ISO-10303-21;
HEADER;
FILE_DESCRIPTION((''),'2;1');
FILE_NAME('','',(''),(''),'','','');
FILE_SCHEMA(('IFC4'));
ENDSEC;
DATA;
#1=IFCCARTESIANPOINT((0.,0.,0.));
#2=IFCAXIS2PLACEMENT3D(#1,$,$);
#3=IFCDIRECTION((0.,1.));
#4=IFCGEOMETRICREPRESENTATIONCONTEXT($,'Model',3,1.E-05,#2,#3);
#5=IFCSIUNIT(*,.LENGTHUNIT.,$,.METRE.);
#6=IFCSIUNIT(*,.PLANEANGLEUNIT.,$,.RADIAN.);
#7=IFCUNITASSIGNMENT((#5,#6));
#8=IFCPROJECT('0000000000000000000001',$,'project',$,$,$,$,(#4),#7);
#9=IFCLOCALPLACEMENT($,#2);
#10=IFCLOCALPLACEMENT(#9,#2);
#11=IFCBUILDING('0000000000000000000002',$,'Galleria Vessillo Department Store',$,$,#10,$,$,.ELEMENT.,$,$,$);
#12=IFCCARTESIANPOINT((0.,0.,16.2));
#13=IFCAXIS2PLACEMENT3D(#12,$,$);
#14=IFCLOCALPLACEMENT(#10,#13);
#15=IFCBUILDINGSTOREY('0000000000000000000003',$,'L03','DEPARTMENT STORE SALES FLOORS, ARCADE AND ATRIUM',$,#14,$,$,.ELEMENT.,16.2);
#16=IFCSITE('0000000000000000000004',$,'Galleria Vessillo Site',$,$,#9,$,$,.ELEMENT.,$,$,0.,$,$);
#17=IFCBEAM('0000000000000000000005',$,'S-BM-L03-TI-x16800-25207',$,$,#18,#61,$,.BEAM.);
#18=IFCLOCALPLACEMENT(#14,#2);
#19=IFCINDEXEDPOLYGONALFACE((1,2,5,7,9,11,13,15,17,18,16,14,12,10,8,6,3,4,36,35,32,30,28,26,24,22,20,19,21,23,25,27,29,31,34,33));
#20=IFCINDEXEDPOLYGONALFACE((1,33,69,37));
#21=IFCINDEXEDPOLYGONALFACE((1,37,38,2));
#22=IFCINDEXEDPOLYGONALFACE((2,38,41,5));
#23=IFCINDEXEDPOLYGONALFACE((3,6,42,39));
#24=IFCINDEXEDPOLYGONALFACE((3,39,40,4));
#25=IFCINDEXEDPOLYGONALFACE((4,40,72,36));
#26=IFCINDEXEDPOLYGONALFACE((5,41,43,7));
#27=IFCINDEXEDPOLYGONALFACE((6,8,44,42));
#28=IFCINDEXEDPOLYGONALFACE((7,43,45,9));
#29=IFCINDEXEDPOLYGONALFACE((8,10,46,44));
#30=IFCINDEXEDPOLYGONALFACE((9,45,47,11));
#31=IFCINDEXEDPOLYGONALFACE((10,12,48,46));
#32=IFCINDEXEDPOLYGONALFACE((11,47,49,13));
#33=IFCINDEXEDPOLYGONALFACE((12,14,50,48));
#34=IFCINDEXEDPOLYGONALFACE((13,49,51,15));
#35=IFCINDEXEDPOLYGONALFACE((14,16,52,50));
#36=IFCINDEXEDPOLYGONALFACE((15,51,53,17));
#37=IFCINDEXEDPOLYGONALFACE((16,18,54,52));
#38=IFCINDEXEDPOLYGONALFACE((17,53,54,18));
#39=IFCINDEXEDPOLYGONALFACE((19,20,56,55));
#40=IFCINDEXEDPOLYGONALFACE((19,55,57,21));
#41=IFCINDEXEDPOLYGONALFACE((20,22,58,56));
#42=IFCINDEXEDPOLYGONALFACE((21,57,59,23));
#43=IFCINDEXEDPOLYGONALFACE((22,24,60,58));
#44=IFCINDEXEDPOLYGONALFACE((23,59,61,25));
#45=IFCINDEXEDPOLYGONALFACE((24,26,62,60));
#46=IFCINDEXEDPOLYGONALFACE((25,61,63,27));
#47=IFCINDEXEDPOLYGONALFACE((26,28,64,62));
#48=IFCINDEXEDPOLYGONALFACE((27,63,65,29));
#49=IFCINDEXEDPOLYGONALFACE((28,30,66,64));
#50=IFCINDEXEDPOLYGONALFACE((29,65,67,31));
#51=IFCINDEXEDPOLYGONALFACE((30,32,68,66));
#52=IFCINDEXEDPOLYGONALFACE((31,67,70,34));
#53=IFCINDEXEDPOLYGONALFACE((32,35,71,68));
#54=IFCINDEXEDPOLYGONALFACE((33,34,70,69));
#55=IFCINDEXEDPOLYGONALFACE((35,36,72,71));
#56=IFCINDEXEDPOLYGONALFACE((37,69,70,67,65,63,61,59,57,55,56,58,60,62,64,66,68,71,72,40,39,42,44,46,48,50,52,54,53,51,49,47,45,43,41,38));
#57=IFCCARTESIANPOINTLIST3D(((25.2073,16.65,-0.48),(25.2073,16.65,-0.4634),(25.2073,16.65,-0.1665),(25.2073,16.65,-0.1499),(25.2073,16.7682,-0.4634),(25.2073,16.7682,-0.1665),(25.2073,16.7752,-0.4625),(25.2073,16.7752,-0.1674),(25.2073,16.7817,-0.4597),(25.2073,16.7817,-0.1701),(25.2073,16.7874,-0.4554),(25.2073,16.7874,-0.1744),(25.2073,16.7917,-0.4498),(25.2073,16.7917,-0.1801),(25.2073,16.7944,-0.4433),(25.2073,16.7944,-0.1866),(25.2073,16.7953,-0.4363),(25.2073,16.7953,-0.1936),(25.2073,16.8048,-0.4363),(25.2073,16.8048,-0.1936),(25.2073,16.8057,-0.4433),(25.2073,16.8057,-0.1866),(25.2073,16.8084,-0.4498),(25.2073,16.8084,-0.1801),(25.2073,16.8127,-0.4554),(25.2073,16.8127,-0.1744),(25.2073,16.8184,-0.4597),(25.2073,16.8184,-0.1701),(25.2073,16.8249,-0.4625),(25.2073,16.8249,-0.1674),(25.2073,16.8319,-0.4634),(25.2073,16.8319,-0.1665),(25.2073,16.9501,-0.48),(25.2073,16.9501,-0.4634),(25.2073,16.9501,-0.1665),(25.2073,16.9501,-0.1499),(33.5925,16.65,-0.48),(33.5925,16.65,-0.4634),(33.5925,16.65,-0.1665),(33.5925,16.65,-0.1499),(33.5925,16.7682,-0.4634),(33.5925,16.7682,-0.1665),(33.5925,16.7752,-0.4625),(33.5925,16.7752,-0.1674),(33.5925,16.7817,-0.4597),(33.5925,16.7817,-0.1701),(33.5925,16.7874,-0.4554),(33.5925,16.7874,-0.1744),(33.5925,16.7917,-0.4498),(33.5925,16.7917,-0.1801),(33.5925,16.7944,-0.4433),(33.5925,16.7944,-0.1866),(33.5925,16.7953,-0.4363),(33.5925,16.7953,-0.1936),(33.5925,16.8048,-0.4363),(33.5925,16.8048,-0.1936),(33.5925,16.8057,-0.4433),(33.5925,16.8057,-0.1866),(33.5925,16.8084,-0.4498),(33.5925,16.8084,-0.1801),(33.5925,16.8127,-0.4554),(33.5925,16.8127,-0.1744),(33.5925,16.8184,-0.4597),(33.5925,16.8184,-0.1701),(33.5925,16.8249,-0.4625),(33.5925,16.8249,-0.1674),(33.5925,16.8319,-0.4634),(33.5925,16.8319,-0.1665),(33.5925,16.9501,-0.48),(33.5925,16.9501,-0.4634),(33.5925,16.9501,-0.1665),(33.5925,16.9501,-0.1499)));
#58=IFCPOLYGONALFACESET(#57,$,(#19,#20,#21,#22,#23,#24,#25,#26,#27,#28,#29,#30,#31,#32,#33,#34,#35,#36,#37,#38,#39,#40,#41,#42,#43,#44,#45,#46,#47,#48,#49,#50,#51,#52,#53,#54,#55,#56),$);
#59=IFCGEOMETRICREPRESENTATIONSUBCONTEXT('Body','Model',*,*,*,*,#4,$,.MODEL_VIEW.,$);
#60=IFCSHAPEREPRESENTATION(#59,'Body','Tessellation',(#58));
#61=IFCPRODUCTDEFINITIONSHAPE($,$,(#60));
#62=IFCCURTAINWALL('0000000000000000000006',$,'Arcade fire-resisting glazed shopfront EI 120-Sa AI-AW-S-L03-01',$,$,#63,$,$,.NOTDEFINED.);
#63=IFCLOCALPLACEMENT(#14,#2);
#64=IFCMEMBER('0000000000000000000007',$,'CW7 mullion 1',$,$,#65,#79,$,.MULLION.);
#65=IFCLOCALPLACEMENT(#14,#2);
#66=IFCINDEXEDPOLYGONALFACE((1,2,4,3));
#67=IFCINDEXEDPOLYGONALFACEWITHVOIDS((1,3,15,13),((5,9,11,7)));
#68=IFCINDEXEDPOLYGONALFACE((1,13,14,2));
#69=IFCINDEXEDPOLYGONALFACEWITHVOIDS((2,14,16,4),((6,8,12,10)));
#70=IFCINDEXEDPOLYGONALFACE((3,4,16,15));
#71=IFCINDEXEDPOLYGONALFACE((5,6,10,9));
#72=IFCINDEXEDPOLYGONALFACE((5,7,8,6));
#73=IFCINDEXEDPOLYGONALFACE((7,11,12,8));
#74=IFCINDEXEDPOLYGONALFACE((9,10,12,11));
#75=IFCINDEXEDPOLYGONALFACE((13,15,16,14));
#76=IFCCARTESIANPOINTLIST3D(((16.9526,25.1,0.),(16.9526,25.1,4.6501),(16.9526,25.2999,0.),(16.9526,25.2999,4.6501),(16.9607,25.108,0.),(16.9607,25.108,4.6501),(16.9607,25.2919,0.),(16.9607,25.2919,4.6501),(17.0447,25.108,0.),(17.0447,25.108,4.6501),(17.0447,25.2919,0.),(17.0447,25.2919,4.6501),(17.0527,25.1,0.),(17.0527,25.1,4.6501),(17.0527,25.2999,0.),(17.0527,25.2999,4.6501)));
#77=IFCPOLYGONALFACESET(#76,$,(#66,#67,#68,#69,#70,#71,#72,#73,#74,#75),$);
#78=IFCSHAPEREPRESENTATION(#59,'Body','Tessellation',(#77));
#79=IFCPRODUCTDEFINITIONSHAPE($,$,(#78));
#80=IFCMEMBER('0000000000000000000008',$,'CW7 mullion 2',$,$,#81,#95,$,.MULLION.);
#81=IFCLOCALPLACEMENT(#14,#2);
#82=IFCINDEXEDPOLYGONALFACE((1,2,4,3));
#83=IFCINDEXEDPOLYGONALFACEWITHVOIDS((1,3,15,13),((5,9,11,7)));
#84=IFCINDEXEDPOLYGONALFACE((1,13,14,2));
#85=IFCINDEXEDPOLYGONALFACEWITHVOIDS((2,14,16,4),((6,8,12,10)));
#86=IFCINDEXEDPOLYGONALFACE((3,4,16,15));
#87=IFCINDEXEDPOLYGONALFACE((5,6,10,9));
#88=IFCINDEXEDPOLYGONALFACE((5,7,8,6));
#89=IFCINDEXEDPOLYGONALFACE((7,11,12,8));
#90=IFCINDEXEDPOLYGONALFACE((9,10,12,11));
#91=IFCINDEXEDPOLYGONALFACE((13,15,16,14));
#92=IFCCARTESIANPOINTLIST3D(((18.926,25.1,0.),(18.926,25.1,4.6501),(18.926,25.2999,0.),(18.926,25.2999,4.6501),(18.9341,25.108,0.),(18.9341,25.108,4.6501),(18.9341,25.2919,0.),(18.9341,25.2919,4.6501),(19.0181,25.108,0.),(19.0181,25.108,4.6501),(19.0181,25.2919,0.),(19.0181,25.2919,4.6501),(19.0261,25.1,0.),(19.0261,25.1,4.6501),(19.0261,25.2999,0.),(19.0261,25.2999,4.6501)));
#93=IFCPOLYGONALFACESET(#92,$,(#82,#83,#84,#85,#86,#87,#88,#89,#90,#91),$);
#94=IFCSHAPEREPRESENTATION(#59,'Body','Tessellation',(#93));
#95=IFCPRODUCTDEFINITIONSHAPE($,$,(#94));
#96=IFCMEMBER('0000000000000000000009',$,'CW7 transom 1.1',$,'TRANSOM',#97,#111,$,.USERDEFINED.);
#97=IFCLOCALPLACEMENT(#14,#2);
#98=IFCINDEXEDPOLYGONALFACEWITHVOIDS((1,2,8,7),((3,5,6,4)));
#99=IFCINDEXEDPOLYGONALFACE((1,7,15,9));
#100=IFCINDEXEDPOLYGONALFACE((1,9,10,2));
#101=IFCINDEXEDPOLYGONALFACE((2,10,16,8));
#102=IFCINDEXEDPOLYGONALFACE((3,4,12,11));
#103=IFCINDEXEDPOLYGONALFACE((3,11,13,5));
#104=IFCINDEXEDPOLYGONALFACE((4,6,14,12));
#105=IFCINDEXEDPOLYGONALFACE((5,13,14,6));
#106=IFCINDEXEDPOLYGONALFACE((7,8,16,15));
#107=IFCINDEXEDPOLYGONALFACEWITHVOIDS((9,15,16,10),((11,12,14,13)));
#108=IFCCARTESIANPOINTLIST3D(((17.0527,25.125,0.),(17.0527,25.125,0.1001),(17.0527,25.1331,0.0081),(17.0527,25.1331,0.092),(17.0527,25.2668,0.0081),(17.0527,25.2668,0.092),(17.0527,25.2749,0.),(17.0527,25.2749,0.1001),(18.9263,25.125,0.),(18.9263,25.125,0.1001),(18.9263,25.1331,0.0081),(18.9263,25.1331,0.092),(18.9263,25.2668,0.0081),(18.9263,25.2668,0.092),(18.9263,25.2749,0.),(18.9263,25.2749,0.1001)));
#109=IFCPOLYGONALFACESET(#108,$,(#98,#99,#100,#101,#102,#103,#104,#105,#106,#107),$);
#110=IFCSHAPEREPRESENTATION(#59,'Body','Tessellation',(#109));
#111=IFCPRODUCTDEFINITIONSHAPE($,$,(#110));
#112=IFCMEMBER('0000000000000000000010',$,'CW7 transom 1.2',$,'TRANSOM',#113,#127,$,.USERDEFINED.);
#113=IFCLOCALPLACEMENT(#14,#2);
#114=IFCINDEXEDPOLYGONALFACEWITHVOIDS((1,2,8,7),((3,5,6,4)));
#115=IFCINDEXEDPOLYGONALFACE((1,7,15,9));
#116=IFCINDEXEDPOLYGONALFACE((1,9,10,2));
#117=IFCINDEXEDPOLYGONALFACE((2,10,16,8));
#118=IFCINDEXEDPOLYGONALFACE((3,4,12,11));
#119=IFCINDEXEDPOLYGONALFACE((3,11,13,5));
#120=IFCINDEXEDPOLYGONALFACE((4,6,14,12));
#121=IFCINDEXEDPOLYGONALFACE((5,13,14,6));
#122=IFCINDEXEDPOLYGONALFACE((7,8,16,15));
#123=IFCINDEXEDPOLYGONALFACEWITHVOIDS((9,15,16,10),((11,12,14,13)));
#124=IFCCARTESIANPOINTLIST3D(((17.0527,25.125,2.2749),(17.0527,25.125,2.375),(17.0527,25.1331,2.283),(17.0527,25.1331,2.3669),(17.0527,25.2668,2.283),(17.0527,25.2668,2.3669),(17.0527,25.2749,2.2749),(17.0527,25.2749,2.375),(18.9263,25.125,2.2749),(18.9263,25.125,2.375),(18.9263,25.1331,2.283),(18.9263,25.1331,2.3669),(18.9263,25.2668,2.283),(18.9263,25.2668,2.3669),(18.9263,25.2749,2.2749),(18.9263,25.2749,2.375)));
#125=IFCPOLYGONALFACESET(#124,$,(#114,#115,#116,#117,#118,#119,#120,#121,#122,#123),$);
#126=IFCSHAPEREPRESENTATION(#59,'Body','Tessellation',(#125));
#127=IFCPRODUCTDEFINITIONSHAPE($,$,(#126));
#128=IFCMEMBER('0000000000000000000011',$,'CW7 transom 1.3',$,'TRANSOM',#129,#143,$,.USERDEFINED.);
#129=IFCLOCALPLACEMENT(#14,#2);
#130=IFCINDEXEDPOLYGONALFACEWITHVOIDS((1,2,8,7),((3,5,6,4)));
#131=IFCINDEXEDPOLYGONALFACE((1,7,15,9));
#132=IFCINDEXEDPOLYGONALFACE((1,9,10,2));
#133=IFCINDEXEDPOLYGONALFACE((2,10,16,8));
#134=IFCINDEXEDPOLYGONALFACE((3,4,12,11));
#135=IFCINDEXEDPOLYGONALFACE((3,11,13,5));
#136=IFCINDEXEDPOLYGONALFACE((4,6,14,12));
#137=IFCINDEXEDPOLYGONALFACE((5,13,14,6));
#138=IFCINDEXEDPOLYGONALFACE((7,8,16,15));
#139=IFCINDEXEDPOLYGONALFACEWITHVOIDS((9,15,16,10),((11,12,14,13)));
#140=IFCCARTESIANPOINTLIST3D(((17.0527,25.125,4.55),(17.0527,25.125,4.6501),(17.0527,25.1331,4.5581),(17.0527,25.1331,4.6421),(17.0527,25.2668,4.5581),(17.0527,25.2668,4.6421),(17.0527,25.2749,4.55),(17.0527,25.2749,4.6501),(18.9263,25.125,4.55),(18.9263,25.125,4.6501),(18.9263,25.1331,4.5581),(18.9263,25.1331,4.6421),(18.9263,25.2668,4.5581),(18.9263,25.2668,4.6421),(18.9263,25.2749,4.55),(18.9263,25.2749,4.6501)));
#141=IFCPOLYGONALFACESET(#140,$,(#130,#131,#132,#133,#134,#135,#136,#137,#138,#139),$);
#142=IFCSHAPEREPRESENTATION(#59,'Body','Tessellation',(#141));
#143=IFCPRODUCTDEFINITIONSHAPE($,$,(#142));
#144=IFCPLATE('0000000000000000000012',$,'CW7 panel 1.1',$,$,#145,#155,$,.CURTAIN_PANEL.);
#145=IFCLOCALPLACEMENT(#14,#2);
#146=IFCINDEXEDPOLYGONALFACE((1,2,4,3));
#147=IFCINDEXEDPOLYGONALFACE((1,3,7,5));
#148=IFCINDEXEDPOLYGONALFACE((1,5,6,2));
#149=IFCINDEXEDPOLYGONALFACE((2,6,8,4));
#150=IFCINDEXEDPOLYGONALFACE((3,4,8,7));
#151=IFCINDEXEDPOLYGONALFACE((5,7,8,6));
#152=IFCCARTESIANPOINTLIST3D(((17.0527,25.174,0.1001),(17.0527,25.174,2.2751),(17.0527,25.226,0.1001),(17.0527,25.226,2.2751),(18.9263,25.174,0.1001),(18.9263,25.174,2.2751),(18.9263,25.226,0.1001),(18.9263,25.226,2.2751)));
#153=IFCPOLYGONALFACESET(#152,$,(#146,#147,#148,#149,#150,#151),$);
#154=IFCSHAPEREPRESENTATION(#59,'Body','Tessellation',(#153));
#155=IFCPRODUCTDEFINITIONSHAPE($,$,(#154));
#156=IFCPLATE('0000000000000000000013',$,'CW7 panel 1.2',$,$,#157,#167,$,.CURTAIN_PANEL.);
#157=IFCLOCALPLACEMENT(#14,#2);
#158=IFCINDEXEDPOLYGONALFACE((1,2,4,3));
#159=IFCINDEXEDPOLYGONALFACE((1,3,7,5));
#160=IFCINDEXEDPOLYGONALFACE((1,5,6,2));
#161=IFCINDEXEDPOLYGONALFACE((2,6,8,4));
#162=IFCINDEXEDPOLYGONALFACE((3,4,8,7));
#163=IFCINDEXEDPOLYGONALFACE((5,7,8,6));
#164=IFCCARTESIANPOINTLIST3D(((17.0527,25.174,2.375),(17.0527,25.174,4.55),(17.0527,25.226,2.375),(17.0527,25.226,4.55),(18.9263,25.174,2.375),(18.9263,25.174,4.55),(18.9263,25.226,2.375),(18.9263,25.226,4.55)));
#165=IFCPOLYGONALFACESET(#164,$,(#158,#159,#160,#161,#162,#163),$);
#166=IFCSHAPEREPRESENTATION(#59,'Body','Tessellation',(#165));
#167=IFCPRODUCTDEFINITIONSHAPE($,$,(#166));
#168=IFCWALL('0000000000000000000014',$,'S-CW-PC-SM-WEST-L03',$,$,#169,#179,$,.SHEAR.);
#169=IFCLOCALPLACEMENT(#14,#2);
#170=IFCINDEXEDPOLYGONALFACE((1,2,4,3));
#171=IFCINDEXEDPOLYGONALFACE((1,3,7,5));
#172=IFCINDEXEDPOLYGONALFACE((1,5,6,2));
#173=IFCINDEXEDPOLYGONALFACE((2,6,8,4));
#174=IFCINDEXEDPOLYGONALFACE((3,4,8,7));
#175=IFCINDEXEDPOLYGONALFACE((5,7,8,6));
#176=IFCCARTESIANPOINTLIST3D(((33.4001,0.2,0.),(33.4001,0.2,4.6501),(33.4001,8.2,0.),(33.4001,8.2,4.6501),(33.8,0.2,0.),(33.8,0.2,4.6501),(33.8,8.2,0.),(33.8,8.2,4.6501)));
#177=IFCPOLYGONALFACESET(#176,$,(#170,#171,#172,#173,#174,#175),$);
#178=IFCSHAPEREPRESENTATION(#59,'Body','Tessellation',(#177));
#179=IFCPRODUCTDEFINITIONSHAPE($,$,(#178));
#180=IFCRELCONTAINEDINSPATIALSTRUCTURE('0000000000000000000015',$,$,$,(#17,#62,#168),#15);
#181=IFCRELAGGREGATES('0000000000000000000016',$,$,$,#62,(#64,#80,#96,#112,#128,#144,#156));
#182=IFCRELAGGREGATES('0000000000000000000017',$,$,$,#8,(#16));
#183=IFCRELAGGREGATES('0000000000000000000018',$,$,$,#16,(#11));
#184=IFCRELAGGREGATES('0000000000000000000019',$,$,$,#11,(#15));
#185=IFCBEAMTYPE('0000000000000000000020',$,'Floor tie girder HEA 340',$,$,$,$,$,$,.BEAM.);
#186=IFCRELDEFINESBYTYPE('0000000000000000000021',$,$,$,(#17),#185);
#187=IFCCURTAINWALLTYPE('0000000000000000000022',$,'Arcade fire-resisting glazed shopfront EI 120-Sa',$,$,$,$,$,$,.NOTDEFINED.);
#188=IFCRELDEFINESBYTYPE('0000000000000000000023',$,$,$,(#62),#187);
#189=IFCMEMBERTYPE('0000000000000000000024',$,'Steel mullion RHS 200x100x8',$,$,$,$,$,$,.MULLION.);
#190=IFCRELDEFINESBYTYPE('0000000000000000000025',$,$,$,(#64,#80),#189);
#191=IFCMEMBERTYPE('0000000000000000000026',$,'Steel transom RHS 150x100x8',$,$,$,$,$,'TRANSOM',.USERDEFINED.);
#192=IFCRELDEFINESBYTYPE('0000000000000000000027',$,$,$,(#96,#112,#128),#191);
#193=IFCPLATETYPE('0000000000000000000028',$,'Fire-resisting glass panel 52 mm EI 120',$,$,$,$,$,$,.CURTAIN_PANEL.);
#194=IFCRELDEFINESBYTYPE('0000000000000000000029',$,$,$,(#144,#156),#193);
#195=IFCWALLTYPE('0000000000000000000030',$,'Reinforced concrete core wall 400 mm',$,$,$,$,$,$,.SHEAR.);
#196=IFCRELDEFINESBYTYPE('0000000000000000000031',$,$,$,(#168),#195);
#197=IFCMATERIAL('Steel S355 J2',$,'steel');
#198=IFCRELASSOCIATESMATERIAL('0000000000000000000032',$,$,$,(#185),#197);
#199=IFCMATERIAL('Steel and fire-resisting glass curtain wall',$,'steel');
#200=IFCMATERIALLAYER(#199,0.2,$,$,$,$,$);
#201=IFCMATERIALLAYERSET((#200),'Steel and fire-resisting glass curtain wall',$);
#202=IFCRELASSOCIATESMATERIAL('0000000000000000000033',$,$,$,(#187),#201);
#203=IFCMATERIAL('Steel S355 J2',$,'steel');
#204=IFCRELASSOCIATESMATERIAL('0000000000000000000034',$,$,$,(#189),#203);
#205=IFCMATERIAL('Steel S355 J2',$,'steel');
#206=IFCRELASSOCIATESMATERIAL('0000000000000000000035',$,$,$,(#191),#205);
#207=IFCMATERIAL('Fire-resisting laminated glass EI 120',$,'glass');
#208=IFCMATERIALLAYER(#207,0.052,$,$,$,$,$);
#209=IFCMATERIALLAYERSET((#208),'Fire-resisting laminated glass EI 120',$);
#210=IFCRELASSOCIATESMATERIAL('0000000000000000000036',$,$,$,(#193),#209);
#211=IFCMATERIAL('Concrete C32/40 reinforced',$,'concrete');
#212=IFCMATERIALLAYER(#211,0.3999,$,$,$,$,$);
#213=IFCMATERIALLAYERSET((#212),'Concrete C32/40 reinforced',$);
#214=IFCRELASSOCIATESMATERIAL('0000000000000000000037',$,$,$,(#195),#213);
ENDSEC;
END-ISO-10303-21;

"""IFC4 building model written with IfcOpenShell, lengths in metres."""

from ifc_helpers import new_model, si_unit, direction, frame, frame_2d, origin, origin_2d, place, context, subcontext, project, spatial, rectangle, hollow_rectangle, i_section, extrude, material, layer, layer_set, material_profile, profile_set, type_object, element, aggregate, save


model = new_model("IFC4")

# Units and contexts
model_context = context("Model", 3, precision=1e-05, world=origin(), true_north=direction((0.0, 1.0)))
body_context = subcontext(model_context, "Body", "Model", "MODEL_VIEW")
ifc_project = project(units=[si_unit("LENGTHUNIT", "METRE"), si_unit("PLANEANGLEUNIT", "RADIAN")], contexts=[model_context])

# Site, building, storey
site_placement = place(None, origin())
site = spatial("IfcSite", under=ifc_project, at=site_placement, Name="Galleria Vessillo Site", CompositionType="ELEMENT", RefElevation=0.0)
building_placement = place(site_placement, origin())
building = spatial("IfcBuilding", under=site, at=building_placement, Name="Galleria Vessillo Department Store", CompositionType="ELEMENT")
storey_placement = place(building_placement, frame((0.0, 0.0, 16.2)))
storey = spatial("IfcBuildingStorey", under=building, at=storey_placement, Name="L03", Description="DEPARTMENT STORE SALES FLOORS, ARCADE AND ATRIUM", CompositionType="ELEMENT", Elevation=16.2)

# Beam
ifc_material_1 = material(Name="Steel S355 J2", Category="steel")
ifc_material_profile_1 = material_profile(ifc_material_1, i_section(OverallWidth=0.3, OverallDepth=0.3301, WebThickness=0.0095, FlangeThickness=0.0166, FilletRadius=0.0271, at=origin_2d()), Name="HEA 340")
ifc_profile_set_1 = profile_set([ifc_material_profile_1], Name="Steel S355 J2")
beam_type_1 = type_object("IfcBeamType", Name="Floor tie girder HEA 340", PredefinedType="BEAM", material=ifc_profile_set_1)
for number, where, z_axis, x_axis, name in (
    (1, (25.2073, 16.8, -0.3149), (1.0, 0.0, 0.0), (0.0, 1.0, 0.0), "S-BM-L03-TI-x16800-25207"),
):
    element("IfcBeam", number, at=place(storey_placement, frame(where, z_axis=z_axis, x_axis=x_axis)), inside=storey, type_object=beam_type_1, Name=name, PredefinedType="BEAM", context=body_context, shape_type="SweptSolid", body=[
        extrude(i_section(OverallWidth=0.3, OverallDepth=0.3301, WebThickness=0.0095, FlangeThickness=0.0166, FilletRadius=0.0271, at=origin_2d()), origin(), (0.0, 0.0, 1.0), 8.3853),
    ])

# Curtain wall, members, plates
ifc_material_2 = material(Name="Steel and fire-resisting glass curtain wall", Category="steel")
ifc_layer_1 = layer(ifc_material_2, 0.2)
ifc_layer_set_1 = layer_set([ifc_layer_1], Name="Steel and fire-resisting glass curtain wall")
curtain_wall_type = type_object("IfcCurtainWallType", Name="Arcade fire-resisting glazed shopfront EI 120-Sa", PredefinedType="NOTDEFINED", material=ifc_layer_set_1)
curtain_wall_placement = place(storey_placement, origin())
curtain_wall = element("IfcCurtainWall", 2, at=curtain_wall_placement, inside=storey, type_object=curtain_wall_type, Name="Arcade fire-resisting glazed shopfront EI 120-Sa AI-AW-S-L03-01", PredefinedType="NOTDEFINED")
ifc_material_3 = material(Name="Steel S355 J2", Category="steel")
ifc_material_profile_2 = material_profile(ifc_material_3, hollow_rectangle(XDim=0.2, YDim=0.1001, WallThickness=0.0081, at=origin_2d()), Name="RHS 200x100x8")
ifc_profile_set_2 = profile_set([ifc_material_profile_2], Name="Steel S355 J2")
member_type_1 = type_object("IfcMemberType", Name="Steel mullion RHS 200x100x8", PredefinedType="MULLION", material=ifc_profile_set_2)
member_1_placement = place(storey_placement, frame((17.0027, 25.2, 0.0), z_axis=(0.0, 0.0, 1.0), x_axis=(0.0, 1.0, 0.0)))
member_1 = element("IfcMember", 3, at=member_1_placement, type_object=member_type_1, Name="CW7 mullion 1", PredefinedType="MULLION", context=body_context, shape_type="SweptSolid", body=[
    extrude(hollow_rectangle(XDim=0.2, YDim=0.1001, WallThickness=0.0081, at=origin_2d()), origin(), (0.0, 0.0, 1.0), 4.6501),
])
member_2_placement = place(storey_placement, frame((18.9761, 25.2, 0.0), z_axis=(0.0, 0.0, 1.0), x_axis=(0.0, 1.0, 0.0)))
member_2 = element("IfcMember", 4, at=member_2_placement, type_object=member_type_1, Name="CW7 mullion 2", PredefinedType="MULLION", context=body_context, shape_type="SweptSolid", body=[
    extrude(hollow_rectangle(XDim=0.2, YDim=0.1001, WallThickness=0.0081, at=origin_2d()), origin(), (0.0, 0.0, 1.0), 4.6501),
])
ifc_material_4 = material(Name="Steel S355 J2", Category="steel")
ifc_material_profile_3 = material_profile(ifc_material_4, hollow_rectangle(XDim=0.1499, YDim=0.1001, WallThickness=0.0081, at=origin_2d()), Name="RHS 150x100x8")
ifc_profile_set_3 = profile_set([ifc_material_profile_3], Name="Steel S355 J2")
member_type_2 = type_object("IfcMemberType", Name="Steel transom RHS 150x100x8", ElementType="TRANSOM", PredefinedType="USERDEFINED", material=ifc_profile_set_3)
member_3_placement = place(storey_placement, frame((17.0527, 25.2, 0.05), z_axis=(1.0, 0.0, 0.0), x_axis=(0.0, 1.0, 0.0)))
member_3 = element("IfcMember", 5, at=member_3_placement, type_object=member_type_2, Name="CW7 transom 1.1", ObjectType="TRANSOM", PredefinedType="USERDEFINED", context=body_context, shape_type="SweptSolid", body=[
    extrude(hollow_rectangle(XDim=0.1499, YDim=0.1001, WallThickness=0.0081, at=origin_2d()), origin(), (0.0, 0.0, 1.0), 1.8735),
])
member_4_placement = place(storey_placement, frame((17.0527, 25.2, 2.325), z_axis=(1.0, 0.0, 0.0), x_axis=(0.0, 1.0, 0.0)))
member_4 = element("IfcMember", 6, at=member_4_placement, type_object=member_type_2, Name="CW7 transom 1.2", ObjectType="TRANSOM", PredefinedType="USERDEFINED", context=body_context, shape_type="SweptSolid", body=[
    extrude(hollow_rectangle(XDim=0.1499, YDim=0.1001, WallThickness=0.0081, at=origin_2d()), origin(), (0.0, 0.0, 1.0), 1.8735),
])
member_5_placement = place(storey_placement, frame((17.0527, 25.2, 4.6001), z_axis=(1.0, 0.0, 0.0), x_axis=(0.0, 1.0, 0.0)))
member_5 = element("IfcMember", 7, at=member_5_placement, type_object=member_type_2, Name="CW7 transom 1.3", ObjectType="TRANSOM", PredefinedType="USERDEFINED", context=body_context, shape_type="SweptSolid", body=[
    extrude(hollow_rectangle(XDim=0.1499, YDim=0.1001, WallThickness=0.0081, at=origin_2d()), origin(), (0.0, 0.0, 1.0), 1.8735),
])
ifc_material_5 = material(Name="Fire-resisting laminated glass EI 120", Category="glass")
ifc_layer_2 = layer(ifc_material_5, 0.052)
ifc_layer_set_2 = layer_set([ifc_layer_2], Name="Fire-resisting laminated glass EI 120")
plate_type = type_object("IfcPlateType", Name="Fire-resisting glass panel 52 mm EI 120", PredefinedType="CURTAIN_PANEL", material=ifc_layer_set_2)
plate_1_placement = place(storey_placement, frame((17.9895, 25.2, 0.1001), z_axis=(0.0, 0.0, 1.0), x_axis=(1.0, 0.0, 0.0)))
plate_1 = element("IfcPlate", 8, at=plate_1_placement, type_object=plate_type, Name="CW7 panel 1.1", PredefinedType="CURTAIN_PANEL", context=body_context, shape_type="SweptSolid", body=[
    extrude(rectangle(XDim=1.8735, YDim=0.052, at=origin_2d()), origin(), (0.0, 0.0, 1.0), 2.175),
])
plate_2_placement = place(storey_placement, frame((17.9895, 25.2, 2.375), z_axis=(0.0, 0.0, 1.0), x_axis=(1.0, 0.0, 0.0)))
plate_2 = element("IfcPlate", 9, at=plate_2_placement, type_object=plate_type, Name="CW7 panel 1.2", PredefinedType="CURTAIN_PANEL", context=body_context, shape_type="SweptSolid", body=[
    extrude(rectangle(XDim=1.8735, YDim=0.052, at=origin_2d()), origin(), (0.0, 0.0, 1.0), 2.175),
])
aggregate(curtain_wall, [member_1, member_2, member_3, member_4, member_5, plate_1, plate_2])

# Wall
ifc_material_6 = material(Name="Concrete C32/40 reinforced", Category="concrete")
ifc_layer_3 = layer(ifc_material_6, 0.3999)
ifc_layer_set_3 = layer_set([ifc_layer_3], Name="Concrete C32/40 reinforced")
wall_type_1 = type_object("IfcWallType", Name="Reinforced concrete core wall 400 mm", PredefinedType="SHEAR", material=ifc_layer_set_3)
wall_1_placement = place(storey_placement, frame((33.6001, 0.2, 0.0), z_axis=(0.0, 0.0, 1.0), x_axis=(0.0, 1.0, 0.0)))
element("IfcWall", 10, at=wall_1_placement, inside=storey, type_object=wall_type_1, Name="S-CW-PC-SM-WEST-L03", PredefinedType="SHEAR", context=body_context, shape_type="SweptSolid", body=[
    extrude(rectangle(XDim=8.0, YDim=0.3999, at=frame_2d((4.0, 0.0))), origin(), (0.0, 0.0, 1.0), 4.6501),
])

save(model, "model.ifc")
